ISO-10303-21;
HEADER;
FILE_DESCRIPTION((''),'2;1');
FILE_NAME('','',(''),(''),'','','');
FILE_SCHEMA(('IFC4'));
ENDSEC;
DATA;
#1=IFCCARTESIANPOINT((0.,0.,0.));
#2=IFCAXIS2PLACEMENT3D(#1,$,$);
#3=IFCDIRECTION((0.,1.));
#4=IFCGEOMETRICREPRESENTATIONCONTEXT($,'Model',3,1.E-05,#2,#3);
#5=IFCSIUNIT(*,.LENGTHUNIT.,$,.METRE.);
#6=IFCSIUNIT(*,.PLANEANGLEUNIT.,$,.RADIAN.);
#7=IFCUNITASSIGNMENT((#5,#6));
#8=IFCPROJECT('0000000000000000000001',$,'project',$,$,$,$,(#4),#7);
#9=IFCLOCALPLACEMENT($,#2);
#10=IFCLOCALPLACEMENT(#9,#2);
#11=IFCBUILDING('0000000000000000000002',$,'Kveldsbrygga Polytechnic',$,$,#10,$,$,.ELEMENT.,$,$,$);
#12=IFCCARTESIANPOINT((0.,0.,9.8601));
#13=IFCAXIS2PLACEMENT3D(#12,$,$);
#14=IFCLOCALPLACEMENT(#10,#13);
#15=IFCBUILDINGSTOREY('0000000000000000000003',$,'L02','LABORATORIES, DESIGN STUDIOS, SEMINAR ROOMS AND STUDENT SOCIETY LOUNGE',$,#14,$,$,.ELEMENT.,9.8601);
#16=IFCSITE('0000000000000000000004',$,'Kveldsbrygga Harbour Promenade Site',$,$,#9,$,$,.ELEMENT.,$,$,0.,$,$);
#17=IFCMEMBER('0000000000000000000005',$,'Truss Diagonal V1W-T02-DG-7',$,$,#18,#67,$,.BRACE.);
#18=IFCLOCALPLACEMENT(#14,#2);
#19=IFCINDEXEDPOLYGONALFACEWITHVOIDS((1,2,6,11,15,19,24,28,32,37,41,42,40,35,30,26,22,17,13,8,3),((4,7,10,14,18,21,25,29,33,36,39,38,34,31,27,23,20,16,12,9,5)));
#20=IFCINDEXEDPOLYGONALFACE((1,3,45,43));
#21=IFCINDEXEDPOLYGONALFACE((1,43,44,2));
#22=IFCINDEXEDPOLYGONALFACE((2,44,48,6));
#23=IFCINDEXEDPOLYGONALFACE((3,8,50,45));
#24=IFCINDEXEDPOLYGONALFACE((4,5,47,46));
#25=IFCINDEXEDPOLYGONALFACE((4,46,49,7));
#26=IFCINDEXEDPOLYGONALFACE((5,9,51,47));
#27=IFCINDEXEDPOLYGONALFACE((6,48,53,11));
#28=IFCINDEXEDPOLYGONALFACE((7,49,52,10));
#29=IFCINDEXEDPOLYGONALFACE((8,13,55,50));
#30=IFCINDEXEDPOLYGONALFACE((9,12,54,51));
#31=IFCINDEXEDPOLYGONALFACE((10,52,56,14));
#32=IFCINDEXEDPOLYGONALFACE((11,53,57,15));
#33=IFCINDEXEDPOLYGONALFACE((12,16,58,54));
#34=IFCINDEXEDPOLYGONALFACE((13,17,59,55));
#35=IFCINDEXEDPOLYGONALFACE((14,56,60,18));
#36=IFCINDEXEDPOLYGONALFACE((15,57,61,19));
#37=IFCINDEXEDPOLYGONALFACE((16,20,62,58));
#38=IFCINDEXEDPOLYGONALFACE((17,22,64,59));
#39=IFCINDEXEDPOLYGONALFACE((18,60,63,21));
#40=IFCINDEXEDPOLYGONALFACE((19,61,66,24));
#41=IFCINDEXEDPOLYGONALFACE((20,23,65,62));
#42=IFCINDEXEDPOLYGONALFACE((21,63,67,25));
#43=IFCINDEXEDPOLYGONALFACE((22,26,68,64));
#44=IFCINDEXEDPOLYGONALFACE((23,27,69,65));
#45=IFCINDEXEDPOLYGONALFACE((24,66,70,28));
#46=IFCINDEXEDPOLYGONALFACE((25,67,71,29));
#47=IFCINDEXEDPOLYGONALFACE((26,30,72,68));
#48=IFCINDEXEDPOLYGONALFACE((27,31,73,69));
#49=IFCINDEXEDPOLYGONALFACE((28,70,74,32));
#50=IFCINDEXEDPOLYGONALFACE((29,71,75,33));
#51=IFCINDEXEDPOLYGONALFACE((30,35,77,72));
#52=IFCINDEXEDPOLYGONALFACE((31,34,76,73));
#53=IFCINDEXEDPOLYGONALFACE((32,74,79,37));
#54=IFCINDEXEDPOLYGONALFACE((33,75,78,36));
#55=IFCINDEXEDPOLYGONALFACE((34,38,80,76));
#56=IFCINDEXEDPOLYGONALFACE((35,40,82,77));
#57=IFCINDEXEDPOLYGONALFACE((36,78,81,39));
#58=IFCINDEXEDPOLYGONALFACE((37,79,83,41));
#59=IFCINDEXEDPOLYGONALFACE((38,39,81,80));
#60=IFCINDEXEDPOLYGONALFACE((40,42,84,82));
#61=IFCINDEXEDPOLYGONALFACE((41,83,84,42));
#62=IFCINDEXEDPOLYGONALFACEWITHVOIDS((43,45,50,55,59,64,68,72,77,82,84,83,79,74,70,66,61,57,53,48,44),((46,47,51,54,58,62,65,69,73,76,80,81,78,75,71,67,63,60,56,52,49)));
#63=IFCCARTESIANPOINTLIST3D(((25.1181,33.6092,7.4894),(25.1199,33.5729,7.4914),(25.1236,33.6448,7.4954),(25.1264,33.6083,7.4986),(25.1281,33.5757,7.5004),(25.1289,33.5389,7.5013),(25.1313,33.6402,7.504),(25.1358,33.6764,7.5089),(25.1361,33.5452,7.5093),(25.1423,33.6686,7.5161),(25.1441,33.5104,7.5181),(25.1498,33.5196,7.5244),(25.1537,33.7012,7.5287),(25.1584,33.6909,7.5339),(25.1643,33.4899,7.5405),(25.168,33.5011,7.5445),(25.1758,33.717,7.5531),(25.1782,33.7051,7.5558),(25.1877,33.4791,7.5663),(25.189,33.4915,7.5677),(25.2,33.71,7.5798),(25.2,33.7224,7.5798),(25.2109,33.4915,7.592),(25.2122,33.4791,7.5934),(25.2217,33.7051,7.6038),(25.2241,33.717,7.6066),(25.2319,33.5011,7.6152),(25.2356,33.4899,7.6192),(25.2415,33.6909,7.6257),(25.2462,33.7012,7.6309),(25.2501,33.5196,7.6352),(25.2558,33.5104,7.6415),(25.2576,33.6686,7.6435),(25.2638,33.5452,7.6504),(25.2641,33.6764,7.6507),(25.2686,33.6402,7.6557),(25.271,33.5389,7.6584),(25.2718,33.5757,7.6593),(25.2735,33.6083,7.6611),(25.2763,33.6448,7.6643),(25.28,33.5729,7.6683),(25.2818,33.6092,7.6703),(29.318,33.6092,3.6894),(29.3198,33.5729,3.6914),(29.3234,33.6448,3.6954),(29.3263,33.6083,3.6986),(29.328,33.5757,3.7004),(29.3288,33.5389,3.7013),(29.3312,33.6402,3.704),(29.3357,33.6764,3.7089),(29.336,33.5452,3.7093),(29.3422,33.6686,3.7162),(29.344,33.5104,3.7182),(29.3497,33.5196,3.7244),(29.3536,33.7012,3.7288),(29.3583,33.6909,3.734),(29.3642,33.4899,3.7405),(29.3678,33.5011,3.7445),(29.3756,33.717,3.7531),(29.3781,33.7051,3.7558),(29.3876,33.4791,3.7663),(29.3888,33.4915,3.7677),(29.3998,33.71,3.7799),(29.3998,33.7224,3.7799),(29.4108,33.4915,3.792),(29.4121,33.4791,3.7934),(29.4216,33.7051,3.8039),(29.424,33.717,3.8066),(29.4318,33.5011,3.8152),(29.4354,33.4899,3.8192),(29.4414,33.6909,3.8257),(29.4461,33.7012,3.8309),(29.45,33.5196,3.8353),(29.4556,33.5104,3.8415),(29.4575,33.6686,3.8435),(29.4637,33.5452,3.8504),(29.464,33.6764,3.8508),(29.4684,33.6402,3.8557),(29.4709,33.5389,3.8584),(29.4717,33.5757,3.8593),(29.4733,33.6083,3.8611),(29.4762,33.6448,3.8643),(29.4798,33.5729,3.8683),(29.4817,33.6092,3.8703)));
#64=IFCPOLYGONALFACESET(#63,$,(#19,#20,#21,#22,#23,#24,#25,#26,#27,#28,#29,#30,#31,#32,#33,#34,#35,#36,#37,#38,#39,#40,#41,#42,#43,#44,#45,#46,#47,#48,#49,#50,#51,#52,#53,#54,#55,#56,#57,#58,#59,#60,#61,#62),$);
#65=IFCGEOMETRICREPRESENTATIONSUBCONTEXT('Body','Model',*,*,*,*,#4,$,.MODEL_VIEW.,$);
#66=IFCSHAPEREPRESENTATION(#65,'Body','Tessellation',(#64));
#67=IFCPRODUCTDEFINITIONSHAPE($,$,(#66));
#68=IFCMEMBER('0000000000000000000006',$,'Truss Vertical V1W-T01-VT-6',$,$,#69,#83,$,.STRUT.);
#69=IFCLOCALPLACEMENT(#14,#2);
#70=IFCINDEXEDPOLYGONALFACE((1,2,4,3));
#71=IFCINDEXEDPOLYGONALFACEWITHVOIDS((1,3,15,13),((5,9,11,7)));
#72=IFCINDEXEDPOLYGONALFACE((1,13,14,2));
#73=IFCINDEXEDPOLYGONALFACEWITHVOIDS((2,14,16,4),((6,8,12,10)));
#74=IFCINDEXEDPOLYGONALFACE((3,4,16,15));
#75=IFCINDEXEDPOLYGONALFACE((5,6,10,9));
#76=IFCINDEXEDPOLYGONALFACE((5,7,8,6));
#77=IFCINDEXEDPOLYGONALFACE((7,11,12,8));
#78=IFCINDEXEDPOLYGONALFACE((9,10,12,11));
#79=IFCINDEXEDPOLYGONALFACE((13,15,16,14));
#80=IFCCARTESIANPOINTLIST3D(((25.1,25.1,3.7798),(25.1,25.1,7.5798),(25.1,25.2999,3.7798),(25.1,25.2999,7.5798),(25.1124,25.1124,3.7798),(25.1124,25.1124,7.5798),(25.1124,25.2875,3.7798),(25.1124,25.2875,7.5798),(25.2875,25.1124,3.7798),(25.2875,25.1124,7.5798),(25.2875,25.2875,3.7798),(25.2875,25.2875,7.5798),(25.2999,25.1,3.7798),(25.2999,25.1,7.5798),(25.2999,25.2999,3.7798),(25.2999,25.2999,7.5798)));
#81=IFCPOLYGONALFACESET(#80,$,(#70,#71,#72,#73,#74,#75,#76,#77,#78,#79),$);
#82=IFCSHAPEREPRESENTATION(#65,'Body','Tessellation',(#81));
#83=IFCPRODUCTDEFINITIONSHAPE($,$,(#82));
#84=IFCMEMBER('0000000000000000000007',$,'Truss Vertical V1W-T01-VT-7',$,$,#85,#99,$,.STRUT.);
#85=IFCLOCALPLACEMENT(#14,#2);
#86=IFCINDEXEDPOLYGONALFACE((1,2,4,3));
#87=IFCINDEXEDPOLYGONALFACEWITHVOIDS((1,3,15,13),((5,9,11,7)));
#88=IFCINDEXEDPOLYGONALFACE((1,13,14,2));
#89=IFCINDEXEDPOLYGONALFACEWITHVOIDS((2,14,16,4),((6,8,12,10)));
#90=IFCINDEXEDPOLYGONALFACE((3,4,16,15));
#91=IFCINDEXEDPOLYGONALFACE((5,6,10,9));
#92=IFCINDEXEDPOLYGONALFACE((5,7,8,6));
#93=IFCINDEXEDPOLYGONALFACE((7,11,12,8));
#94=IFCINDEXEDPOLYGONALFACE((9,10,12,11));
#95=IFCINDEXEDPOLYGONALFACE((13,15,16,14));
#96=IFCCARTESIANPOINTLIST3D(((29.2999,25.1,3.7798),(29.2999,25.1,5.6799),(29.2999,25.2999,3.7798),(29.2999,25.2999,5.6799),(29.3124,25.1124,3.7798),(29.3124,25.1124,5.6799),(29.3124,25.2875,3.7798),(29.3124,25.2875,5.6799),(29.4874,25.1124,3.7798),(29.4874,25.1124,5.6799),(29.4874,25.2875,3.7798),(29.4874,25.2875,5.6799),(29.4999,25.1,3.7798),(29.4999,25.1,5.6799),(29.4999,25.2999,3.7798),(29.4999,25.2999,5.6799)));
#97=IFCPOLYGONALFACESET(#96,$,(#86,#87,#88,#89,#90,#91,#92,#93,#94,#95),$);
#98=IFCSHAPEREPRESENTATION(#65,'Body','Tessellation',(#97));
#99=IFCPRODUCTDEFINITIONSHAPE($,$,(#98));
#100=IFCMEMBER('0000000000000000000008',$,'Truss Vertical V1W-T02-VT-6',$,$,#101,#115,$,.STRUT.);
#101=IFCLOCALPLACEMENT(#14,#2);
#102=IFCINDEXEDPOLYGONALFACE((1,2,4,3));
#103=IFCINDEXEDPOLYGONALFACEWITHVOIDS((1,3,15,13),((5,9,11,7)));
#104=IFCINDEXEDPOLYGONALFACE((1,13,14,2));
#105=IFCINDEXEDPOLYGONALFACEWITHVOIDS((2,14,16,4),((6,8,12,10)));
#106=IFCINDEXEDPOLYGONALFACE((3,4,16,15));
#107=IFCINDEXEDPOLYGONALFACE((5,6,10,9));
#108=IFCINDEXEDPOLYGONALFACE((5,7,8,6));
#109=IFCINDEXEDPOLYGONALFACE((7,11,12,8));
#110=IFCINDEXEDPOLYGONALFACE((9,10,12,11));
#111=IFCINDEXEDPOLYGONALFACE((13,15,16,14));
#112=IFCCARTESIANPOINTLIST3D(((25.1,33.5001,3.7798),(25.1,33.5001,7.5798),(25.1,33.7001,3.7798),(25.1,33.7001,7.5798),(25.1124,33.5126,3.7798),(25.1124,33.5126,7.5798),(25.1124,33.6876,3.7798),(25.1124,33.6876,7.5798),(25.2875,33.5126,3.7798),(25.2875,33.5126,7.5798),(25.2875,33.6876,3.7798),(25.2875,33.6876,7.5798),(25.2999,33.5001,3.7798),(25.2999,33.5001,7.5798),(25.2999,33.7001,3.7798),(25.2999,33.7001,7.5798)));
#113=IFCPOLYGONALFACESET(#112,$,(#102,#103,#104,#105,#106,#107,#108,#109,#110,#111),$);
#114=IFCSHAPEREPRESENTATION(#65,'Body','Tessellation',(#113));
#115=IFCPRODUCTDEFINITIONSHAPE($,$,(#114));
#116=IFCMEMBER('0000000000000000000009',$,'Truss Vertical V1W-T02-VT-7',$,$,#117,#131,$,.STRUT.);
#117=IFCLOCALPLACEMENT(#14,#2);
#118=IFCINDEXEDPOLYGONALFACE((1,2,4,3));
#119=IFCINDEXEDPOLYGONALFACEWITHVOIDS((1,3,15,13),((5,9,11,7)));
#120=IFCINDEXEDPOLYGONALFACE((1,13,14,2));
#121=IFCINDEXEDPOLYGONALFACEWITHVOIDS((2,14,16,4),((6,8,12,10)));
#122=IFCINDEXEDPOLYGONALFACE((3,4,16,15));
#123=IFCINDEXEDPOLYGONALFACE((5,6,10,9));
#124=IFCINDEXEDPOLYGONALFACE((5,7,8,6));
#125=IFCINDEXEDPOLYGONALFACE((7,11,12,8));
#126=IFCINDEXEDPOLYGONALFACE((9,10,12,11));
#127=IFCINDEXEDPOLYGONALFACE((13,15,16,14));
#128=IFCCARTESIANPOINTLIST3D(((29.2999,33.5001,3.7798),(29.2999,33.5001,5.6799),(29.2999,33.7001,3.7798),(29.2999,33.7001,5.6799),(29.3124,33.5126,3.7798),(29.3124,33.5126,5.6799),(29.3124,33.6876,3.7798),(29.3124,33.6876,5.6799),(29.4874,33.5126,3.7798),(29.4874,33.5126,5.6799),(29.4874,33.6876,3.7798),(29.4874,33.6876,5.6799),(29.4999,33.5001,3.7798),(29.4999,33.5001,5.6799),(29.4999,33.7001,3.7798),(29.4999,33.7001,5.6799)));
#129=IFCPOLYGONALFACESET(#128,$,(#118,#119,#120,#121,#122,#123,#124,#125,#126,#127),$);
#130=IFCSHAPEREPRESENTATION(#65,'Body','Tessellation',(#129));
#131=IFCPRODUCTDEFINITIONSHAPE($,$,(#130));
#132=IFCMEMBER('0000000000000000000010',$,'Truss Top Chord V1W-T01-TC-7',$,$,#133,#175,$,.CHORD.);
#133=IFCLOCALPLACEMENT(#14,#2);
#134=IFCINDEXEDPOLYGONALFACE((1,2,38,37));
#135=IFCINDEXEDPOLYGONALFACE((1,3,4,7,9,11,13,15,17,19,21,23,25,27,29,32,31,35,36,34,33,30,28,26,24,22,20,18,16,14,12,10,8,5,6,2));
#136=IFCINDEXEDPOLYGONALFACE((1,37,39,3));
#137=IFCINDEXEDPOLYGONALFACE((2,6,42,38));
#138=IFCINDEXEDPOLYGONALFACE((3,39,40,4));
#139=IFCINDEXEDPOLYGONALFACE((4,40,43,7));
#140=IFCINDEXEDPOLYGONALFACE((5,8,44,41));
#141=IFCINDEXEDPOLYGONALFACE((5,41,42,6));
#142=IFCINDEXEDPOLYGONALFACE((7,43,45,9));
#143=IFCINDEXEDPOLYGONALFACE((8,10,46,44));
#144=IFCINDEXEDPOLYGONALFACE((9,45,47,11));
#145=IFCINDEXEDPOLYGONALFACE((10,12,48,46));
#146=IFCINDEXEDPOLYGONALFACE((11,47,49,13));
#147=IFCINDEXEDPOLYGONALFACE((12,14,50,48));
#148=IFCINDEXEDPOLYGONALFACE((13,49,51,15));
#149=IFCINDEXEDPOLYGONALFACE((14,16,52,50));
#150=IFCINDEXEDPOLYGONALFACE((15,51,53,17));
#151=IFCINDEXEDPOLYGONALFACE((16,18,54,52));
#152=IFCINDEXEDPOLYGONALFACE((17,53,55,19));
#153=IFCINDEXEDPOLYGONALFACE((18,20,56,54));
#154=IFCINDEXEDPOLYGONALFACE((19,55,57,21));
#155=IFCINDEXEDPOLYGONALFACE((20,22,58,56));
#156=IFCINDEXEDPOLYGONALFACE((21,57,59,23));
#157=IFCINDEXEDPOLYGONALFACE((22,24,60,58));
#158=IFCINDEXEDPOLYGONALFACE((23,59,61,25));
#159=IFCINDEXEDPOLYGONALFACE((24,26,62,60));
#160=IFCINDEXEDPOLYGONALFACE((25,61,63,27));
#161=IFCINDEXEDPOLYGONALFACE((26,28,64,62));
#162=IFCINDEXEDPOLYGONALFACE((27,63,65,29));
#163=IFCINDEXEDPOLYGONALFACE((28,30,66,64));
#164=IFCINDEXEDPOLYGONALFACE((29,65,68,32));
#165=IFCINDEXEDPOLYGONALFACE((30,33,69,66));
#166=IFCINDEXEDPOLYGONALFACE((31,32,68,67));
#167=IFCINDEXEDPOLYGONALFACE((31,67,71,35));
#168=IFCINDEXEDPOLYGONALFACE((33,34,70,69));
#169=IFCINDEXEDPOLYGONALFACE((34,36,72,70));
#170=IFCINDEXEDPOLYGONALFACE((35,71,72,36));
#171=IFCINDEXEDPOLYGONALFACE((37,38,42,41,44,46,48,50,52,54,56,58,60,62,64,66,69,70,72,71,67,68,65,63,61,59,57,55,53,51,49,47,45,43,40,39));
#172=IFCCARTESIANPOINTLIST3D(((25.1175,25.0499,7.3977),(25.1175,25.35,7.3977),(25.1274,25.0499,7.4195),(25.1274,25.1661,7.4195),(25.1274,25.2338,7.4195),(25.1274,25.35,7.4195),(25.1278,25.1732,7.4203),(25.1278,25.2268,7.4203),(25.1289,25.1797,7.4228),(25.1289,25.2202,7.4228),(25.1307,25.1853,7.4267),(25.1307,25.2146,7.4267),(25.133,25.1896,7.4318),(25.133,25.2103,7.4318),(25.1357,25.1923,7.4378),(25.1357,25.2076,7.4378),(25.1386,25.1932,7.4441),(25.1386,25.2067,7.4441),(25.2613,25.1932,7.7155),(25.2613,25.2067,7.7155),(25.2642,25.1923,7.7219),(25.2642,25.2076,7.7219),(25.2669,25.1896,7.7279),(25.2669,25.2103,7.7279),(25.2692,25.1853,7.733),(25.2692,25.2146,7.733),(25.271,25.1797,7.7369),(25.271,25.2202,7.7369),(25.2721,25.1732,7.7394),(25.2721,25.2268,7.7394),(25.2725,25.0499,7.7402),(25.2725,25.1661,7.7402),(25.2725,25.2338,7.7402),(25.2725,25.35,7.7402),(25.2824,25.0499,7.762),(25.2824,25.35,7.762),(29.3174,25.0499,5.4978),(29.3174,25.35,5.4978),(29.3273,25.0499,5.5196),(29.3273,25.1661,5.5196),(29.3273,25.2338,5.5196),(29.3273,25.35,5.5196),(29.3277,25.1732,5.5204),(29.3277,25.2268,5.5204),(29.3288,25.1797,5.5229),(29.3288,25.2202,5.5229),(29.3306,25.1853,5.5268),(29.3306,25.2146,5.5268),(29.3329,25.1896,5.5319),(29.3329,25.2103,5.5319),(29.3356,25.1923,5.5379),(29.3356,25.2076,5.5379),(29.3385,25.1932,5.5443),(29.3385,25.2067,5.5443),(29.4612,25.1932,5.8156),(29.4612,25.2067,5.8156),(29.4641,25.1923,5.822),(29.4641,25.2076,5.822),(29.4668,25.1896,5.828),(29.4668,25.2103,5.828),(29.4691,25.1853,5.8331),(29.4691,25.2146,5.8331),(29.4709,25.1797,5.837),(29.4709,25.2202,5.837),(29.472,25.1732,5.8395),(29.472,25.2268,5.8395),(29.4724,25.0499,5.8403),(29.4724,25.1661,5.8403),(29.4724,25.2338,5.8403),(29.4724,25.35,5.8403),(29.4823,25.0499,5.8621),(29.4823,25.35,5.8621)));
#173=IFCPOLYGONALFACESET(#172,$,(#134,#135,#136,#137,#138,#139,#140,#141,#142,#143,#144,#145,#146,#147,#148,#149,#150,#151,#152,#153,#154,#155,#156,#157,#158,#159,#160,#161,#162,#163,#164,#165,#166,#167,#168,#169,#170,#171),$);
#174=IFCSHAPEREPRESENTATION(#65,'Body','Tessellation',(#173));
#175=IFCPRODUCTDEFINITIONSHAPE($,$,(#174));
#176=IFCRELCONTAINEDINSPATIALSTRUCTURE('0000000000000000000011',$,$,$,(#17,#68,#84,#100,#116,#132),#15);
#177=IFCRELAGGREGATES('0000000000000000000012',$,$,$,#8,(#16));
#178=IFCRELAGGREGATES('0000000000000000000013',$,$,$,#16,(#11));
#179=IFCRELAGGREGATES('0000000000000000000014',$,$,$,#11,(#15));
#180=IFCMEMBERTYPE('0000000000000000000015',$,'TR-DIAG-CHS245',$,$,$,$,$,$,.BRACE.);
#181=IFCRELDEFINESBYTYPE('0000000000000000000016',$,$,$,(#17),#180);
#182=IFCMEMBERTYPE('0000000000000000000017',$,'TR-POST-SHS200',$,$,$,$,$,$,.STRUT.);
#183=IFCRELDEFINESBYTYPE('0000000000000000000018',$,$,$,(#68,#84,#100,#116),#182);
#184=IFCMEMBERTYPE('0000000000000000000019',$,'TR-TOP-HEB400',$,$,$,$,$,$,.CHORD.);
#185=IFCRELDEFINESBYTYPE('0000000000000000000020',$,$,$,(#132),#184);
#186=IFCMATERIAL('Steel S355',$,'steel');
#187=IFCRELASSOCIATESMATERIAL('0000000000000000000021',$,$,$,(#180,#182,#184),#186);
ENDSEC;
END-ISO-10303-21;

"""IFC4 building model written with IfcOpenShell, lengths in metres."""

from ifc_helpers import new_model, si_unit, direction, frame, origin, origin_2d, place, context, subcontext, project, spatial, hollow_rectangle, hollow_circle, i_section, extrude, material, material_profile, profile_set, type_object, element, save


model = new_model("IFC4")

# Units and contexts
model_context = context("Model", 3, precision=1e-05, world=origin(), true_north=direction((0.0, 1.0)))
body_context = subcontext(model_context, "Body", "Model", "MODEL_VIEW")
ifc_project = project(units=[si_unit("LENGTHUNIT", "METRE"), si_unit("PLANEANGLEUNIT", "RADIAN")], contexts=[model_context])

# Site, building, storey
site_placement = place(None, origin())
site = spatial("IfcSite", under=ifc_project, at=site_placement, Name="Kveldsbrygga Harbour Promenade Site", CompositionType="ELEMENT", RefElevation=0.0)
building_placement = place(site_placement, origin())
building = spatial("IfcBuilding", under=site, at=building_placement, Name="Kveldsbrygga Polytechnic", CompositionType="ELEMENT")
storey_placement = place(building_placement, frame((0.0, 0.0, 9.8601)))
storey = spatial("IfcBuildingStorey", under=building, at=storey_placement, Name="L02", Description="LABORATORIES, DESIGN STUDIOS, SEMINAR ROOMS AND STUDENT SOCIETY LOUNGE", CompositionType="ELEMENT", Elevation=9.8601)

# Members
ifc_material_1 = material(Name="Steel S355", Category="steel")
ifc_material_profile_1 = material_profile(ifc_material_1, hollow_circle(Radius=0.1223, WallThickness=0.0125, at=origin_2d()), Name="CHS 244.5x12.5")
ifc_profile_set_1 = profile_set([ifc_material_profile_1], Name="Steel S355")
member_type_1 = type_object("IfcMemberType", Name="TR-DIAG-CHS245", PredefinedType="BRACE", material=ifc_profile_set_1)
for number, where, z_axis, x_axis, name in (
    (1, (25.2, 33.6001, 7.5798), (0.741528, 0.0, -0.670922), (0.0, 1.0, 0.0), "Truss Diagonal V1W-T02-DG-7"),
):
    element("IfcMember", number, at=place(storey_placement, frame(where, z_axis=z_axis, x_axis=x_axis)), inside=storey, type_object=member_type_1, Name=name, PredefinedType="BRACE", context=body_context, shape_type="SweptSolid", body=[
        extrude(hollow_circle(Radius=0.1223, WallThickness=0.0125, at=origin_2d()), origin(), (0.0, 0.0, 1.0), 5.6638),
    ])
ifc_material_profile_2 = material_profile(ifc_material_1, hollow_rectangle(XDim=0.2, YDim=0.2, WallThickness=0.0125, at=origin_2d()), Name="SHS 200x200x12.5")
ifc_profile_set_2 = profile_set([ifc_material_profile_2], Name="Steel S355")
member_type_2 = type_object("IfcMemberType", Name="TR-POST-SHS200", PredefinedType="STRUT", material=ifc_profile_set_2)
member_1_placement = place(storey_placement, frame((25.2, 25.2, 3.7798), z_axis=(0.0, 0.0, 1.0), x_axis=(1.0, 0.0, 0.0)))
element("IfcMember", 2, at=member_1_placement, inside=storey, type_object=member_type_2, Name="Truss Vertical V1W-T01-VT-6", PredefinedType="STRUT", context=body_context, shape_type="SweptSolid", body=[
    extrude(hollow_rectangle(XDim=0.2, YDim=0.2, WallThickness=0.0125, at=origin_2d()), origin(), (0.0, 0.0, 1.0), 3.8),
])
member_2_placement = place(storey_placement, frame((29.3999, 25.2, 3.7798), z_axis=(0.0, 0.0, 1.0), x_axis=(1.0, 0.0, 0.0)))
element("IfcMember", 3, at=member_2_placement, inside=storey, type_object=member_type_2, Name="Truss Vertical V1W-T01-VT-7", PredefinedType="STRUT", context=body_context, shape_type="SweptSolid", body=[
    extrude(hollow_rectangle(XDim=0.2, YDim=0.2, WallThickness=0.0125, at=origin_2d()), origin(), (0.0, 0.0, 1.0), 1.9001),
])
member_3_placement = place(storey_placement, frame((25.2, 33.6001, 3.7798), z_axis=(0.0, 0.0, 1.0), x_axis=(1.0, 0.0, 0.0)))
element("IfcMember", 4, at=member_3_placement, inside=storey, type_object=member_type_2, Name="Truss Vertical V1W-T02-VT-6", PredefinedType="STRUT", context=body_context, shape_type="SweptSolid", body=[
    extrude(hollow_rectangle(XDim=0.2, YDim=0.2, WallThickness=0.0125, at=origin_2d()), origin(), (0.0, 0.0, 1.0), 3.8),
])
member_4_placement = place(storey_placement, frame((29.3999, 33.6001, 3.7798), z_axis=(0.0, 0.0, 1.0), x_axis=(1.0, 0.0, 0.0)))
element("IfcMember", 5, at=member_4_placement, inside=storey, type_object=member_type_2, Name="Truss Vertical V1W-T02-VT-7", PredefinedType="STRUT", context=body_context, shape_type="SweptSolid", body=[
    extrude(hollow_rectangle(XDim=0.2, YDim=0.2, WallThickness=0.0125, at=origin_2d()), origin(), (0.0, 0.0, 1.0), 1.9001),
])
ifc_material_profile_3 = material_profile(ifc_material_1, i_section(OverallWidth=0.3, OverallDepth=0.3999, WebThickness=0.0134, FlangeThickness=0.0239, FilletRadius=0.0271, at=origin_2d()), Name="HEB 400")
ifc_profile_set_3 = profile_set([ifc_material_profile_3], Name="Steel S355")
member_type_3 = type_object("IfcMemberType", Name="TR-TOP-HEB400", PredefinedType="CHORD", material=ifc_profile_set_3)
member_5_placement = place(storey_placement, frame((25.2, 25.2, 7.5798), z_axis=(0.911114, 0.0, -0.412154), x_axis=(0.0, 1.0, 0.0)))
element("IfcMember", 6, at=member_5_placement, inside=storey, type_object=member_type_3, Name="Truss Top Chord V1W-T01-TC-7", PredefinedType="CHORD", context=body_context, shape_type="SweptSolid", body=[
    extrude(i_section(OverallWidth=0.3, OverallDepth=0.3999, WebThickness=0.0134, FlangeThickness=0.0239, FilletRadius=0.0271, at=origin_2d()), origin(), (0.0, 0.0, 1.0), 4.6096),
])

save(model, "model.ifc")
